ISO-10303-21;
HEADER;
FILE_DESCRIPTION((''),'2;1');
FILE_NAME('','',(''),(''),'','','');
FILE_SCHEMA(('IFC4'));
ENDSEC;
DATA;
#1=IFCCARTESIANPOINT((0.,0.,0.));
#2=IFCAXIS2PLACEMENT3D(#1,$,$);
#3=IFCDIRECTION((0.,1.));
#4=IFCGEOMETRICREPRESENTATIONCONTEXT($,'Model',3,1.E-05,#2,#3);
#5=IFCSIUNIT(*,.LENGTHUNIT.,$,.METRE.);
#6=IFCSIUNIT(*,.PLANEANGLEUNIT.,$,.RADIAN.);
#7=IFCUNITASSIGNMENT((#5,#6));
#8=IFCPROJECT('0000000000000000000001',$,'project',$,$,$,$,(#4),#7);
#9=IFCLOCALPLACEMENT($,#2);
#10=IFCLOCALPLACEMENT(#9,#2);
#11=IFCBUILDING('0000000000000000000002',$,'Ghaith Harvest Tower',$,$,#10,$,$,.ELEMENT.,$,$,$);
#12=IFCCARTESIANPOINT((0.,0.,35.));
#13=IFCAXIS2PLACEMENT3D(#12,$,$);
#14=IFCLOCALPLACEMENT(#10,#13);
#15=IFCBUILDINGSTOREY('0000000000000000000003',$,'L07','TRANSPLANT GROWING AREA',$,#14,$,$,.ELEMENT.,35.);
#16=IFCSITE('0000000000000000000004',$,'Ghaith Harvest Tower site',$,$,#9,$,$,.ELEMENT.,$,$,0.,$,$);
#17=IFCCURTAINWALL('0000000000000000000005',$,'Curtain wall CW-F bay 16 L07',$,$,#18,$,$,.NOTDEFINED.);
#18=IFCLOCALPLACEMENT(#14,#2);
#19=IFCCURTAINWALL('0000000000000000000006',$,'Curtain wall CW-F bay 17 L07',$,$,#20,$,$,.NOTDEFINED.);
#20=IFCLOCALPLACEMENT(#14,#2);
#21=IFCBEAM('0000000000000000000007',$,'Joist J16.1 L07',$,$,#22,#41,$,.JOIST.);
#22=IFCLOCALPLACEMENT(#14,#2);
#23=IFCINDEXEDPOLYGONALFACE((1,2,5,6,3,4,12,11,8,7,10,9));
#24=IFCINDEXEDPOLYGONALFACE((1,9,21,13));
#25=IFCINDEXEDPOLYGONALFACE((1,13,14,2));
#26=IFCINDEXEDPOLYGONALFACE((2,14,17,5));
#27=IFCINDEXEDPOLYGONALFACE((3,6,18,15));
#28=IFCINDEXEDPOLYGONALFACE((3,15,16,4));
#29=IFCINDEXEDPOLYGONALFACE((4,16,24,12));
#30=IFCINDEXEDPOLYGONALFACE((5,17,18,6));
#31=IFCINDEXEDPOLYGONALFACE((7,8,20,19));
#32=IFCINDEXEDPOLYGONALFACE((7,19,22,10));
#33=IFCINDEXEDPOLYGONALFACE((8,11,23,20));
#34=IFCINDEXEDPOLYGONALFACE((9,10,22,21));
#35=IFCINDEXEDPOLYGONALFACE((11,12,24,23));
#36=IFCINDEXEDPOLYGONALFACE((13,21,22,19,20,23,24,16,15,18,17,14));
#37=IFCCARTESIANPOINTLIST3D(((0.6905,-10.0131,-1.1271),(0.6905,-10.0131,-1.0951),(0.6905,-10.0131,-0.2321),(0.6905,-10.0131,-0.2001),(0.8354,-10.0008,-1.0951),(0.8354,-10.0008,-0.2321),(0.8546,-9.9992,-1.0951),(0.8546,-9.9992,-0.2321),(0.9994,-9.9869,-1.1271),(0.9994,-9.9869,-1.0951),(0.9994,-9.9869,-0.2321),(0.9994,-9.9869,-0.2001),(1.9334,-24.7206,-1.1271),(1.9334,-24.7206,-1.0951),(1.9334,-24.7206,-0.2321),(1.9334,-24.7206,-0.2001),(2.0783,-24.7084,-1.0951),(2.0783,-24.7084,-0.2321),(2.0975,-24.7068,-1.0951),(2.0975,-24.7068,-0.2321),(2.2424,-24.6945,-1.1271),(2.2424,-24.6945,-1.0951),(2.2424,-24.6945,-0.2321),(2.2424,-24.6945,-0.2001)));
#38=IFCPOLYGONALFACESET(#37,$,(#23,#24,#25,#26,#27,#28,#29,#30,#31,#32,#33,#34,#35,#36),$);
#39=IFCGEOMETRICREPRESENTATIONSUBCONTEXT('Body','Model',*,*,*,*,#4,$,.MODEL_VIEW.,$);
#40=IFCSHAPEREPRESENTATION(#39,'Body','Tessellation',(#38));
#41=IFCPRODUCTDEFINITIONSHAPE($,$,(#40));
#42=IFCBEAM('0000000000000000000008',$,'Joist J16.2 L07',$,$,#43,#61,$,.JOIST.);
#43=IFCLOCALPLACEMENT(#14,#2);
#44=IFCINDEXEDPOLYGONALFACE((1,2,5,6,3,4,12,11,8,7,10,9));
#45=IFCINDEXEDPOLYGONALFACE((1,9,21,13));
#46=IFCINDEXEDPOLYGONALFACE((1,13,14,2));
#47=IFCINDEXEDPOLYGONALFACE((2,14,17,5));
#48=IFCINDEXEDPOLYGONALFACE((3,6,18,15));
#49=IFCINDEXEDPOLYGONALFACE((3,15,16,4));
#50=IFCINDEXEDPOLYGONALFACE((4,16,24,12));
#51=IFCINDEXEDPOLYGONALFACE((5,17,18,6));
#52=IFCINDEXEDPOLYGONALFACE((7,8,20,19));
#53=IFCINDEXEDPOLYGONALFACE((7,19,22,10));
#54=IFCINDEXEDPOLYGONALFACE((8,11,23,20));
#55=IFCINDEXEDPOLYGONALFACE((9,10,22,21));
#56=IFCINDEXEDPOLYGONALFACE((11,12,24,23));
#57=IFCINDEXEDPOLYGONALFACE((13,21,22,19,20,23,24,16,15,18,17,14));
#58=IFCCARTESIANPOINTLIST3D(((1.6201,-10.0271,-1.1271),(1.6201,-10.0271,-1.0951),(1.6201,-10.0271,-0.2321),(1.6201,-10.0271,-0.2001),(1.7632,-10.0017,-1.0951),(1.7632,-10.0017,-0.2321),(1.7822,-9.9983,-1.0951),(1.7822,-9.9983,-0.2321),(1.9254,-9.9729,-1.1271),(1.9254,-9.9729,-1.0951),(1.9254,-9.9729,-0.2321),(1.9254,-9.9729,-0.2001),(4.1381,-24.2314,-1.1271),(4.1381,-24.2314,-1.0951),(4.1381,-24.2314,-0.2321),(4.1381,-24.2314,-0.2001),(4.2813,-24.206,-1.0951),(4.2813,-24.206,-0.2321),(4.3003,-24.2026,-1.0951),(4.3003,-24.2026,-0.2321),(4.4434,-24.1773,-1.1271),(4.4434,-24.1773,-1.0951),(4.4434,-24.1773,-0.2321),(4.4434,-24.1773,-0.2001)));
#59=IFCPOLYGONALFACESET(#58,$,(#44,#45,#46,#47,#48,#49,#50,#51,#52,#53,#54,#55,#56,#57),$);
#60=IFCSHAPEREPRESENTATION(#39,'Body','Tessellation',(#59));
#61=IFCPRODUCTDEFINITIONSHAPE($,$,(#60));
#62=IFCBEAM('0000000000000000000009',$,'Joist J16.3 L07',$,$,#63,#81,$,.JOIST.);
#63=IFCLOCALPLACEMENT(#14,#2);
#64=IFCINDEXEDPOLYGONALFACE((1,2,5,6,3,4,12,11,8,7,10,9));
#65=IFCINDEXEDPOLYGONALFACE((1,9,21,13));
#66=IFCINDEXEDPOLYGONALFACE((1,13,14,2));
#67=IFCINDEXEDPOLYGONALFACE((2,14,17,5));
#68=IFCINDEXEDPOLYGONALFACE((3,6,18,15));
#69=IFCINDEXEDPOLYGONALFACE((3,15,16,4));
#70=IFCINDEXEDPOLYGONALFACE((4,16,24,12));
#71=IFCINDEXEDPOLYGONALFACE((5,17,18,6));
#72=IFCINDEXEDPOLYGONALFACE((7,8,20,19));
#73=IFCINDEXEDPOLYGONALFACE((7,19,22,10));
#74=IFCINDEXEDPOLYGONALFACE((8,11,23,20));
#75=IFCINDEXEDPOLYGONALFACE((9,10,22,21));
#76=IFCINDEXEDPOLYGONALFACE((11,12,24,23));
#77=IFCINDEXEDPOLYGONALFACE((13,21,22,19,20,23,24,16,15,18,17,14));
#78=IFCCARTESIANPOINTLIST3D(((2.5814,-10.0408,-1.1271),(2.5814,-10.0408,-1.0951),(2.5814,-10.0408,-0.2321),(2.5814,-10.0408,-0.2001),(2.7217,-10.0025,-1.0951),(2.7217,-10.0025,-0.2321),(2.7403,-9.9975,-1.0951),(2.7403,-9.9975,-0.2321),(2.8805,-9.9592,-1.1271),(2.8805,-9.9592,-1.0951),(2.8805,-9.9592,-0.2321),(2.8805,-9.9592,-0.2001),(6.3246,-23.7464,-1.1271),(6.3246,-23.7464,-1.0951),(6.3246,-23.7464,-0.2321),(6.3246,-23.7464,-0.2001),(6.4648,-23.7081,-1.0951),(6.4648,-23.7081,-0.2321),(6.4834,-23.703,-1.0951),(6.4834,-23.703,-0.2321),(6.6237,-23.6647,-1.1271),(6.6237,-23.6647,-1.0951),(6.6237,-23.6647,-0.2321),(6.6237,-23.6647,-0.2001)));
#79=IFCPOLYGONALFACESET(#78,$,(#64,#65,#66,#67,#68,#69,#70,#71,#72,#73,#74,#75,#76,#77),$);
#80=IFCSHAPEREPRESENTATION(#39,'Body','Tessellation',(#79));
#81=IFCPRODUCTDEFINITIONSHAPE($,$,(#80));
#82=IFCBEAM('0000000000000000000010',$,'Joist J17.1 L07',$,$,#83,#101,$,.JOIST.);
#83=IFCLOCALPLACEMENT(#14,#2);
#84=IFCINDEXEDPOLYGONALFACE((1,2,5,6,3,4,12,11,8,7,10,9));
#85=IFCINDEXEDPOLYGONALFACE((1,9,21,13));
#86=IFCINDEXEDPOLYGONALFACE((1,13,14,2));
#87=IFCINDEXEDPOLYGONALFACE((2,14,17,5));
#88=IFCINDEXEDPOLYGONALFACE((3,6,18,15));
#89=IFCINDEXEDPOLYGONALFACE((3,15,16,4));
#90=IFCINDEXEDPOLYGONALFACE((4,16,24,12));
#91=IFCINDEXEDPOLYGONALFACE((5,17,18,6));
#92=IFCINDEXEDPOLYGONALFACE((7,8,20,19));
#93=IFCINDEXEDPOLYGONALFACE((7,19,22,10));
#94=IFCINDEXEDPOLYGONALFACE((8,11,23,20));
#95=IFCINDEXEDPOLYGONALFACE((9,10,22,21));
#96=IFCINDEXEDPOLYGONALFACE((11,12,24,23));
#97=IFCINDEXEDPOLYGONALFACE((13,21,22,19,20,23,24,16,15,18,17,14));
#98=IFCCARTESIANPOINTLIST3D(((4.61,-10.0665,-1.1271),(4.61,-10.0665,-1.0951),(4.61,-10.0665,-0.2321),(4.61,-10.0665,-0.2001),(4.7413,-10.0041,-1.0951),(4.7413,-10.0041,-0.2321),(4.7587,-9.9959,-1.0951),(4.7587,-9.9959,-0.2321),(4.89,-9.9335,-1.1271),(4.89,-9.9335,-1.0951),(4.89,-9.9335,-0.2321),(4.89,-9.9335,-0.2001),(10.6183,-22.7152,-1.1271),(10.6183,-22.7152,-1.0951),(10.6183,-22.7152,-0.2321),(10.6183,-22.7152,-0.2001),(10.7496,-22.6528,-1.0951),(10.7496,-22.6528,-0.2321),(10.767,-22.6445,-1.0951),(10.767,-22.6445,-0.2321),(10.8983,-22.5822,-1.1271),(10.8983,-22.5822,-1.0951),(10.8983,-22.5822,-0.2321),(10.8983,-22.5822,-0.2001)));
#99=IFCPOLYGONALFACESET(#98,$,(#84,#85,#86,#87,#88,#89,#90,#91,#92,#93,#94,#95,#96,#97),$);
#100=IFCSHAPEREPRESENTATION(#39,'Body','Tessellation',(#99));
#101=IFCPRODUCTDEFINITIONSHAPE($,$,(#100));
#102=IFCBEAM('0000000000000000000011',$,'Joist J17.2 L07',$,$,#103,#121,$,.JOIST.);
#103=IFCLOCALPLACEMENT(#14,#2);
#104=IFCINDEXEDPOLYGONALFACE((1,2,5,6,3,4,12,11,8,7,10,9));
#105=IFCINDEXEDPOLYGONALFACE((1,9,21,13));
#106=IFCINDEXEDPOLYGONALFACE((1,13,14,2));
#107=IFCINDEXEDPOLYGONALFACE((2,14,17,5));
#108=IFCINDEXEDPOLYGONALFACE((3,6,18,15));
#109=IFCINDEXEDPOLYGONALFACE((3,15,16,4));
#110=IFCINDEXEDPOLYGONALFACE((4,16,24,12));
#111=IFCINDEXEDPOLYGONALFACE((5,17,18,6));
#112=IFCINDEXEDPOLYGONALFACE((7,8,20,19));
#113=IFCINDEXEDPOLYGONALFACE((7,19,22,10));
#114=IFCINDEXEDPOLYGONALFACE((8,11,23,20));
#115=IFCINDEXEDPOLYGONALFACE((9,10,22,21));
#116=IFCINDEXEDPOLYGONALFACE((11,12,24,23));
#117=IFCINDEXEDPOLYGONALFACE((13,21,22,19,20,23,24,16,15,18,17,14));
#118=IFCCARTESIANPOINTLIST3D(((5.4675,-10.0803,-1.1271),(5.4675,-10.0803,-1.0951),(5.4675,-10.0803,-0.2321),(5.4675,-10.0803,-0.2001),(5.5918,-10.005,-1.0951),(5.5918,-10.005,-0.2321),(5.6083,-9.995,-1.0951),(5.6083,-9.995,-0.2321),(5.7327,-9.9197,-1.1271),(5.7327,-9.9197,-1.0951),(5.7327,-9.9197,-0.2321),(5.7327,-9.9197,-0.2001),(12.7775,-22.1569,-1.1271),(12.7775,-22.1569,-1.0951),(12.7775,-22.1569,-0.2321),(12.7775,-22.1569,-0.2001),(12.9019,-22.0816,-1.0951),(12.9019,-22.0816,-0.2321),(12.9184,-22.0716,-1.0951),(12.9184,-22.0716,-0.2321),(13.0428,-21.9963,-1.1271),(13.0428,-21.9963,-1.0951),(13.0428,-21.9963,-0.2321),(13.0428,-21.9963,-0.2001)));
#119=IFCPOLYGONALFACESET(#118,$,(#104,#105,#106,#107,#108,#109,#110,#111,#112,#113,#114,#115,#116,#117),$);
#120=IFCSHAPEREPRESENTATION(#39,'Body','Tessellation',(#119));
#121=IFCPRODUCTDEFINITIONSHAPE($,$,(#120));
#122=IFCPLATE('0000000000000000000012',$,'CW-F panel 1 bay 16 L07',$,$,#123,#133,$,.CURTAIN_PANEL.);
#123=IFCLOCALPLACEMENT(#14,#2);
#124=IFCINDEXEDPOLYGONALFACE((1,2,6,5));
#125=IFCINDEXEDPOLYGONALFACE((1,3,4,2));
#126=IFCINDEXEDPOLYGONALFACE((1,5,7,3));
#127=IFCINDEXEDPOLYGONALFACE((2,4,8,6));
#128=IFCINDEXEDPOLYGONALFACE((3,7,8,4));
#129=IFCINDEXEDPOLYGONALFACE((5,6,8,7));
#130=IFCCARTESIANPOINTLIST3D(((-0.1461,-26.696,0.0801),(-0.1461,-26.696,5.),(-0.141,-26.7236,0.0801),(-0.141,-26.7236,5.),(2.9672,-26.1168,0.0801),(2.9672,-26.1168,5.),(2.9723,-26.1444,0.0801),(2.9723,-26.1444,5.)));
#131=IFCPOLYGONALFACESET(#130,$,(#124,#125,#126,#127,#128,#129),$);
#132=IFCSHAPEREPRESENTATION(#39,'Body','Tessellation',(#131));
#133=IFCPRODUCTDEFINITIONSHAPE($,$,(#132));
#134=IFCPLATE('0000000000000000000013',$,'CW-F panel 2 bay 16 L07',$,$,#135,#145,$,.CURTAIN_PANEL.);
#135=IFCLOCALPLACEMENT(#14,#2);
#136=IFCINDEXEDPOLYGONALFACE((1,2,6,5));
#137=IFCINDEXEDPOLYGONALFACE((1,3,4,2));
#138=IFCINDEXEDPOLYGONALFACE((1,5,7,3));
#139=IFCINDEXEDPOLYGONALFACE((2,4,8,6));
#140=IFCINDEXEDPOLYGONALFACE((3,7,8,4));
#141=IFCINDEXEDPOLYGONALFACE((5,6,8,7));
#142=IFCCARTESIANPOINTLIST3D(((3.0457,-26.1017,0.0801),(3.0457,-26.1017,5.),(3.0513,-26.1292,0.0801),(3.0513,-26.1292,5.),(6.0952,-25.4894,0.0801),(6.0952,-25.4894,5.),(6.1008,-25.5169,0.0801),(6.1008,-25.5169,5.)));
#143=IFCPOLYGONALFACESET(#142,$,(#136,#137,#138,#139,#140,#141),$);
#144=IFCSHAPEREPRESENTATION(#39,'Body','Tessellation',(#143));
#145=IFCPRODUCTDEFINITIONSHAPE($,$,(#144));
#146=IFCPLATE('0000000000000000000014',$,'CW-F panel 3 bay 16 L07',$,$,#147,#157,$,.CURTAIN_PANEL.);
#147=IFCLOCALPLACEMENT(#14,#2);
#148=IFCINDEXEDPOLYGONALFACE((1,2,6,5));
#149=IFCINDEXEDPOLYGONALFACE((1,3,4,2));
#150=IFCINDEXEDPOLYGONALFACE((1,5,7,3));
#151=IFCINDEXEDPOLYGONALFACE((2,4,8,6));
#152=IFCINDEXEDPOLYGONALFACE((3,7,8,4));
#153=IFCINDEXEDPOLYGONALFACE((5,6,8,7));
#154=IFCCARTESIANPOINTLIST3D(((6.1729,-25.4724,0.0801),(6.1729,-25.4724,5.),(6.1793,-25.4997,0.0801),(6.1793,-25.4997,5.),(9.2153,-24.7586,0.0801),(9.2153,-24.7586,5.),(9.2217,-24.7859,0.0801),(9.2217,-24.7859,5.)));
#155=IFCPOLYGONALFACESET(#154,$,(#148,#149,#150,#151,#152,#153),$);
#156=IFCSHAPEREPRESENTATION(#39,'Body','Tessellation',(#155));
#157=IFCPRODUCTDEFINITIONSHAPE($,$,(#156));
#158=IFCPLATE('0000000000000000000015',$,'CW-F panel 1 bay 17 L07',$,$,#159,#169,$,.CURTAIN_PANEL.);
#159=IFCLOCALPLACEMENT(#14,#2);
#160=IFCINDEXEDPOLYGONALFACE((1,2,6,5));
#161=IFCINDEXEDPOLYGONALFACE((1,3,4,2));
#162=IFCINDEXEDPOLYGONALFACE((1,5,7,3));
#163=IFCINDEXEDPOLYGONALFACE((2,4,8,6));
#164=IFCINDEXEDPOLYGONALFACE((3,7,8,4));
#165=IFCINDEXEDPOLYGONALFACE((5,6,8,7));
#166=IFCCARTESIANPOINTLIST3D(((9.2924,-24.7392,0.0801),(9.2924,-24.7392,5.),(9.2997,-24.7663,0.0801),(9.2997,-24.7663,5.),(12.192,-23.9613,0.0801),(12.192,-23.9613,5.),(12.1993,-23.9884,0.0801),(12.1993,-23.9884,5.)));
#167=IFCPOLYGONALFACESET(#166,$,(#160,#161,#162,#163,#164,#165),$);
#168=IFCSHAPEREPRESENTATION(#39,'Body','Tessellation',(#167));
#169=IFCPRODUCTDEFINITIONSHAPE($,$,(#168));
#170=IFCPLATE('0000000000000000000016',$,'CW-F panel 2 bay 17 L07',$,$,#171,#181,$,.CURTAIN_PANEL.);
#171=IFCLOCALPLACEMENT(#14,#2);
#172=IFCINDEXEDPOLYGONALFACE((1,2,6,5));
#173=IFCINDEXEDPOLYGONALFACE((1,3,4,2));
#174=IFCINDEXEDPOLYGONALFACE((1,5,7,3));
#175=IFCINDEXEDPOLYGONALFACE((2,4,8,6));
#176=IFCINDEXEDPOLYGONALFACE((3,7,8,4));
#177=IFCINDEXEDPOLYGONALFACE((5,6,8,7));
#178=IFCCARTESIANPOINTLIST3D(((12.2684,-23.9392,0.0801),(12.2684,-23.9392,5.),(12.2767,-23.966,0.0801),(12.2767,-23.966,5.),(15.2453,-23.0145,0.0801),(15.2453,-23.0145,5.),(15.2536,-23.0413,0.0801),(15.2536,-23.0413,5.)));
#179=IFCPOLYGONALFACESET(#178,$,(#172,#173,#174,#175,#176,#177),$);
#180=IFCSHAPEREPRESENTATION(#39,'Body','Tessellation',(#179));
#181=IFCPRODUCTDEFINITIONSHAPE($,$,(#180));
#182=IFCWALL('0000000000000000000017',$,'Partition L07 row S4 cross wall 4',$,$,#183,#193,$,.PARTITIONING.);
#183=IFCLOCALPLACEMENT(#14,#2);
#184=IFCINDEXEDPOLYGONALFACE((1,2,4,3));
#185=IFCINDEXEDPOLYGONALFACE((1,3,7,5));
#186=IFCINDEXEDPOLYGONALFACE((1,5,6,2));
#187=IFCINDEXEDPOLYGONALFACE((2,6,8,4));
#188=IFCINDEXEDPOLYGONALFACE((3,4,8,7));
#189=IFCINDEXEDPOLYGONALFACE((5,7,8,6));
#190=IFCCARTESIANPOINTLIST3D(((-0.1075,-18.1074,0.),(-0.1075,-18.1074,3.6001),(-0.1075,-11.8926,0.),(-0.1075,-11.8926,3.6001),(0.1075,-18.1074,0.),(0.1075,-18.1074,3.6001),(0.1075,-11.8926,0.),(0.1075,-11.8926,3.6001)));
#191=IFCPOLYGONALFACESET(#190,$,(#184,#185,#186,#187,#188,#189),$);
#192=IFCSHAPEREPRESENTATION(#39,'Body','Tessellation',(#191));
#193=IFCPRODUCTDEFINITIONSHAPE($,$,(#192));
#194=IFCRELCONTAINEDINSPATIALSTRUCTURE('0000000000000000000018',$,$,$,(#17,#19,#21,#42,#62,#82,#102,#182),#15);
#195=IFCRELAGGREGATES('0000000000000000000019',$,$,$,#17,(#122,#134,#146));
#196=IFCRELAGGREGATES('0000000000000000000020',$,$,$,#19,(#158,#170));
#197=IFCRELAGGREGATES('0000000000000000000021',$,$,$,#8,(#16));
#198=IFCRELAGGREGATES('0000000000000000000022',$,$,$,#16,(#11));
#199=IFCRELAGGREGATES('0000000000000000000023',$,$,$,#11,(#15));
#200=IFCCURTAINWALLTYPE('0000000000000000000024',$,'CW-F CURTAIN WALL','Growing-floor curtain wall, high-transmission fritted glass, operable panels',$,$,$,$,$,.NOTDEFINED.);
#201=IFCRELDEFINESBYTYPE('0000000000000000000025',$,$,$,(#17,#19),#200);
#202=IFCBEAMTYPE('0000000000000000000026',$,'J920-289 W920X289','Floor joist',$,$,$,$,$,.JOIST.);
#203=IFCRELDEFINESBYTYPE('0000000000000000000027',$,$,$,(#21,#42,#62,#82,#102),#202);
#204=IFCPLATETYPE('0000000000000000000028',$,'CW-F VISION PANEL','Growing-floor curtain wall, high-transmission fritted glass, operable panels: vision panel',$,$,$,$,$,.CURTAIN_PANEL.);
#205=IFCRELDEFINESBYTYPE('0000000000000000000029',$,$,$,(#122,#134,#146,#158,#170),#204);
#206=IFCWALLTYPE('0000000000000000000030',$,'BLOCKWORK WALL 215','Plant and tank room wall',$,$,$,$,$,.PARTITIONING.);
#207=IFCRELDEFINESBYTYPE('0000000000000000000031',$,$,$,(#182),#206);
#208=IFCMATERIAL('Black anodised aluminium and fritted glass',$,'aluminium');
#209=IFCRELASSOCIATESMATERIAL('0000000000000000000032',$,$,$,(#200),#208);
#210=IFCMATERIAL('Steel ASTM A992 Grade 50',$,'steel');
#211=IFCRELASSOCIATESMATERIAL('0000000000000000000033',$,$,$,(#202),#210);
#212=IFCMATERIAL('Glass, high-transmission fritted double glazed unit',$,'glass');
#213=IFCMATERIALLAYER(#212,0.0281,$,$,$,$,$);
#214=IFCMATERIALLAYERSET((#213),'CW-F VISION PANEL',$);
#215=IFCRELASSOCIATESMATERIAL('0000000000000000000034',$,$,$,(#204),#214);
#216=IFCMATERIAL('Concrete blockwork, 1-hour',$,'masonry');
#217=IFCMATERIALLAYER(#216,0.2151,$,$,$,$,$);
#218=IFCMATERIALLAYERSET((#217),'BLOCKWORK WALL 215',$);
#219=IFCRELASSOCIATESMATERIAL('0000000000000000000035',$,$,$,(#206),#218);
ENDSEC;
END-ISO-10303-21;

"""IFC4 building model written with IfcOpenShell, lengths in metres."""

from ifc_helpers import new_model, si_unit, direction, frame, frame_2d, origin, origin_2d, place, context, subcontext, project, spatial, rectangle, i_section, extrude, material, layer, layer_set, material_profile, profile_set, type_object, element, aggregate, save


model = new_model("IFC4")

# Units and contexts
model_context = context("Model", 3, precision=1e-05, world=origin(), true_north=direction((0.0, 1.0)))
body_context = subcontext(model_context, "Body", "Model", "MODEL_VIEW")
ifc_project = project(units=[si_unit("LENGTHUNIT", "METRE"), si_unit("PLANEANGLEUNIT", "RADIAN")], contexts=[model_context])

# Site, building, storey
site_placement = place(None, origin())
site = spatial("IfcSite", under=ifc_project, at=site_placement, Name="Ghaith Harvest Tower site", CompositionType="ELEMENT", RefElevation=0.0)
building_placement = place(site_placement, origin())
building = spatial("IfcBuilding", under=site, at=building_placement, Name="Ghaith Harvest Tower", CompositionType="ELEMENT")
storey_placement = place(building_placement, frame((0.0, 0.0, 35.0)))
storey = spatial("IfcBuildingStorey", under=building, at=storey_placement, Name="L07", Description="TRANSPLANT GROWING AREA", CompositionType="ELEMENT", Elevation=35.0)

# Curtain walls
ifc_material_1 = material(Name="Black anodised aluminium and fritted glass", Category="aluminium")
curtain_wall_type = type_object("IfcCurtainWallType", Name="CW-F CURTAIN WALL", Description="Growing-floor curtain wall, high-transmission fritted glass, operable panels", PredefinedType="NOTDEFINED", material=ifc_material_1)
curtain_wall_1_placement = place(storey_placement, origin())
curtain_wall_1 = element("IfcCurtainWall", 1, at=curtain_wall_1_placement, inside=storey, type_object=curtain_wall_type, Name="Curtain wall CW-F bay 16 L07", PredefinedType="NOTDEFINED")
curtain_wall_2_placement = place(storey_placement, origin())
curtain_wall_2 = element("IfcCurtainWall", 2, at=curtain_wall_2_placement, inside=storey, type_object=curtain_wall_type, Name="Curtain wall CW-F bay 17 L07", PredefinedType="NOTDEFINED")

# Beams
ifc_material_2 = material(Name="Steel ASTM A992 Grade 50", Category="steel")
ifc_material_profile_1 = material_profile(ifc_material_2, i_section(OverallWidth=0.3101, OverallDepth=0.927, WebThickness=0.0193, FlangeThickness=0.032, at=origin_2d()), Name="W920X289")
ifc_profile_set_1 = profile_set([ifc_material_profile_1], Name="Steel ASTM A992 Grade 50")
beam_type_1 = type_object("IfcBeamType", Name="J920-289 W920X289", Description="Floor joist", PredefinedType="JOIST", material=ifc_profile_set_1)
beam_1_placement = place(storey_placement, frame((0.845, -10.0, -0.6636), z_axis=(0.084209, -0.996448, 0.0), x_axis=(0.996448, 0.084209, 0.0)))
element("IfcBeam", 3, at=beam_1_placement, inside=storey, type_object=beam_type_1, Name="Joist J16.1 L07", PredefinedType="JOIST", context=body_context, shape_type="SweptSolid", body=[
    extrude(i_section(OverallWidth=0.3101, OverallDepth=0.927, WebThickness=0.0193, FlangeThickness=0.032, at=origin_2d()), origin(), (0.0, 0.0, 1.0), 14.76),
])
beam_2_placement = place(storey_placement, frame((1.7727, -10.0, -0.6636), z_axis=(0.174553, -0.984648, 0.0), x_axis=(0.984648, 0.174553, 0.0)))
element("IfcBeam", 4, at=beam_2_placement, inside=storey, type_object=beam_type_1, Name="Joist J16.2 L07", PredefinedType="JOIST", context=body_context, shape_type="SweptSolid", body=[
    extrude(i_section(OverallWidth=0.3101, OverallDepth=0.927, WebThickness=0.0193, FlangeThickness=0.032, at=origin_2d()), origin(), (0.0, 0.0, 1.0), 14.4258),
])
beam_3_placement = place(storey_placement, frame((2.731, -10.0, -0.6636), z_axis=(0.263463, -0.964669, 0.0), x_axis=(0.964669, 0.263463, 0.0)))
element("IfcBeam", 5, at=beam_3_placement, inside=storey, type_object=beam_type_1, Name="Joist J16.3 L07", PredefinedType="JOIST", context=body_context, shape_type="SweptSolid", body=[
    extrude(i_section(OverallWidth=0.3101, OverallDepth=0.927, WebThickness=0.0193, FlangeThickness=0.032, at=origin_2d()), origin(), (0.0, 0.0, 1.0), 14.2075),
])
beam_4_placement = place(storey_placement, frame((4.75, -10.0, -0.6636), z_axis=(0.429067, -0.903273, 0.0), x_axis=(0.903273, 0.429067, 0.0)))
element("IfcBeam", 6, at=beam_4_placement, inside=storey, type_object=beam_type_1, Name="Joist J17.1 L07", PredefinedType="JOIST", context=body_context, shape_type="SweptSolid", body=[
    extrude(i_section(OverallWidth=0.3101, OverallDepth=0.927, WebThickness=0.0193, FlangeThickness=0.032, at=origin_2d()), origin(), (0.0, 0.0, 1.0), 14.0032),
])
beam_5_placement = place(storey_placement, frame((5.6001, -10.0, -0.6636), z_axis=(0.517829, -0.855484, 0.0), x_axis=(0.855484, 0.517829, 0.0)))
element("IfcBeam", 7, at=beam_5_placement, inside=storey, type_object=beam_type_1, Name="Joist J17.2 L07", PredefinedType="JOIST", context=body_context, shape_type="SweptSolid", body=[
    extrude(i_section(OverallWidth=0.3101, OverallDepth=0.927, WebThickness=0.0193, FlangeThickness=0.032, at=origin_2d()), origin(), (0.0, 0.0, 1.0), 14.1167),
])

# Plates
ifc_material_3 = material(Name="Glass, high-transmission fritted double glazed unit", Category="glass")
ifc_layer_1 = layer(ifc_material_3, 0.0281)
ifc_layer_set_1 = layer_set([ifc_layer_1], Name="CW-F VISION PANEL")
plate_type = type_object("IfcPlateType", Name="CW-F VISION PANEL", Description="Growing-floor curtain wall, high-transmission fritted glass, operable panels: vision panel", PredefinedType="CURTAIN_PANEL", material=ifc_layer_set_1)
plate_1_placement = place(storey_placement, frame((1.4131, -26.4202, 0.0801), z_axis=(0.0, 0.0, 1.0), x_axis=(0.983131, 0.182902, 0.0)))
plate_1 = element("IfcPlate", 8, at=plate_1_placement, type_object=plate_type, Name="CW-F panel 1 bay 16 L07", PredefinedType="CURTAIN_PANEL", context=body_context, shape_type="SweptSolid", body=[
    extrude(rectangle(XDim=3.1667, YDim=0.0281, at=origin_2d()), origin(), (0.0, 0.0, 1.0), 4.9199),
])
plate_2_placement = place(storey_placement, frame((4.5732, -25.8093, 0.0801), z_axis=(0.0, 0.0, 1.0), x_axis=(0.980432, 0.196856, 0.0)))
plate_2 = element("IfcPlate", 9, at=plate_2_placement, type_object=plate_type, Name="CW-F panel 2 bay 16 L07", PredefinedType="CURTAIN_PANEL", context=body_context, shape_type="SweptSolid", body=[
    extrude(rectangle(XDim=3.1104, YDim=0.0281, at=origin_2d()), origin(), (0.0, 0.0, 1.0), 4.9199),
])
plate_3_placement = place(storey_placement, frame((7.6973, -25.1292, 0.0801), z_axis=(0.0, 0.0, 1.0), x_axis=(0.973565, 0.228411, 0.0)))
plate_3 = element("IfcPlate", 10, at=plate_3_placement, type_object=plate_type, Name="CW-F panel 3 bay 16 L07", PredefinedType="CURTAIN_PANEL", context=body_context, shape_type="SweptSolid", body=[
    extrude(rectangle(XDim=3.125, YDim=0.0281, at=origin_2d()), origin(), (0.0, 0.0, 1.0), 4.9199),
])
aggregate(curtain_wall_1, [plate_1, plate_2, plate_3])
plate_4_placement = place(storey_placement, frame((10.7458, -24.3638, 0.0801), z_axis=(0.0, 0.0, 1.0), x_axis=(0.965848, 0.259108, 0.0)))
plate_4 = element("IfcPlate", 11, at=plate_4_placement, type_object=plate_type, Name="CW-F panel 1 bay 17 L07", PredefinedType="CURTAIN_PANEL", context=body_context, shape_type="SweptSolid", body=[
    extrude(rectangle(XDim=3.0022, YDim=0.0281, at=origin_2d()), origin(), (0.0, 0.0, 1.0), 4.9199),
])
plate_5_placement = place(storey_placement, frame((13.761, -23.4902, 0.0801), z_axis=(0.0, 0.0, 1.0), x_axis=(0.954988, 0.296644, 0.0)))
plate_5 = element("IfcPlate", 12, at=plate_5_placement, type_object=plate_type, Name="CW-F panel 2 bay 17 L07", PredefinedType="CURTAIN_PANEL", context=body_context, shape_type="SweptSolid", body=[
    extrude(rectangle(XDim=3.1172, YDim=0.0281, at=origin_2d()), origin(), (0.0, 0.0, 1.0), 4.9199),
])
aggregate(curtain_wall_2, [plate_4, plate_5])

# Wall
ifc_material_4 = material(Name="Concrete blockwork, 1-hour", Category="masonry")
ifc_layer_2 = layer(ifc_material_4, 0.2151)
ifc_layer_set_2 = layer_set([ifc_layer_2], Name="BLOCKWORK WALL 215")
wall_type_1 = type_object("IfcWallType", Name="BLOCKWORK WALL 215", Description="Plant and tank room wall", PredefinedType="PARTITIONING", material=ifc_layer_set_2)
wall_1_placement = place(storey_placement, frame((0.0, -11.8926, 0.0), z_axis=(0.0, 0.0, 1.0), x_axis=(0.0, -1.0, 0.0)))
element("IfcWall", 13, at=wall_1_placement, inside=storey, type_object=wall_type_1, Name="Partition L07 row S4 cross wall 4", PredefinedType="PARTITIONING", context=body_context, shape_type="SweptSolid", body=[
    extrude(rectangle(XDim=6.2148, YDim=0.2151, at=frame_2d((3.1074, 0.0))), origin(), (0.0, 0.0, 1.0), 3.6001),
])

save(model, "model.ifc")
